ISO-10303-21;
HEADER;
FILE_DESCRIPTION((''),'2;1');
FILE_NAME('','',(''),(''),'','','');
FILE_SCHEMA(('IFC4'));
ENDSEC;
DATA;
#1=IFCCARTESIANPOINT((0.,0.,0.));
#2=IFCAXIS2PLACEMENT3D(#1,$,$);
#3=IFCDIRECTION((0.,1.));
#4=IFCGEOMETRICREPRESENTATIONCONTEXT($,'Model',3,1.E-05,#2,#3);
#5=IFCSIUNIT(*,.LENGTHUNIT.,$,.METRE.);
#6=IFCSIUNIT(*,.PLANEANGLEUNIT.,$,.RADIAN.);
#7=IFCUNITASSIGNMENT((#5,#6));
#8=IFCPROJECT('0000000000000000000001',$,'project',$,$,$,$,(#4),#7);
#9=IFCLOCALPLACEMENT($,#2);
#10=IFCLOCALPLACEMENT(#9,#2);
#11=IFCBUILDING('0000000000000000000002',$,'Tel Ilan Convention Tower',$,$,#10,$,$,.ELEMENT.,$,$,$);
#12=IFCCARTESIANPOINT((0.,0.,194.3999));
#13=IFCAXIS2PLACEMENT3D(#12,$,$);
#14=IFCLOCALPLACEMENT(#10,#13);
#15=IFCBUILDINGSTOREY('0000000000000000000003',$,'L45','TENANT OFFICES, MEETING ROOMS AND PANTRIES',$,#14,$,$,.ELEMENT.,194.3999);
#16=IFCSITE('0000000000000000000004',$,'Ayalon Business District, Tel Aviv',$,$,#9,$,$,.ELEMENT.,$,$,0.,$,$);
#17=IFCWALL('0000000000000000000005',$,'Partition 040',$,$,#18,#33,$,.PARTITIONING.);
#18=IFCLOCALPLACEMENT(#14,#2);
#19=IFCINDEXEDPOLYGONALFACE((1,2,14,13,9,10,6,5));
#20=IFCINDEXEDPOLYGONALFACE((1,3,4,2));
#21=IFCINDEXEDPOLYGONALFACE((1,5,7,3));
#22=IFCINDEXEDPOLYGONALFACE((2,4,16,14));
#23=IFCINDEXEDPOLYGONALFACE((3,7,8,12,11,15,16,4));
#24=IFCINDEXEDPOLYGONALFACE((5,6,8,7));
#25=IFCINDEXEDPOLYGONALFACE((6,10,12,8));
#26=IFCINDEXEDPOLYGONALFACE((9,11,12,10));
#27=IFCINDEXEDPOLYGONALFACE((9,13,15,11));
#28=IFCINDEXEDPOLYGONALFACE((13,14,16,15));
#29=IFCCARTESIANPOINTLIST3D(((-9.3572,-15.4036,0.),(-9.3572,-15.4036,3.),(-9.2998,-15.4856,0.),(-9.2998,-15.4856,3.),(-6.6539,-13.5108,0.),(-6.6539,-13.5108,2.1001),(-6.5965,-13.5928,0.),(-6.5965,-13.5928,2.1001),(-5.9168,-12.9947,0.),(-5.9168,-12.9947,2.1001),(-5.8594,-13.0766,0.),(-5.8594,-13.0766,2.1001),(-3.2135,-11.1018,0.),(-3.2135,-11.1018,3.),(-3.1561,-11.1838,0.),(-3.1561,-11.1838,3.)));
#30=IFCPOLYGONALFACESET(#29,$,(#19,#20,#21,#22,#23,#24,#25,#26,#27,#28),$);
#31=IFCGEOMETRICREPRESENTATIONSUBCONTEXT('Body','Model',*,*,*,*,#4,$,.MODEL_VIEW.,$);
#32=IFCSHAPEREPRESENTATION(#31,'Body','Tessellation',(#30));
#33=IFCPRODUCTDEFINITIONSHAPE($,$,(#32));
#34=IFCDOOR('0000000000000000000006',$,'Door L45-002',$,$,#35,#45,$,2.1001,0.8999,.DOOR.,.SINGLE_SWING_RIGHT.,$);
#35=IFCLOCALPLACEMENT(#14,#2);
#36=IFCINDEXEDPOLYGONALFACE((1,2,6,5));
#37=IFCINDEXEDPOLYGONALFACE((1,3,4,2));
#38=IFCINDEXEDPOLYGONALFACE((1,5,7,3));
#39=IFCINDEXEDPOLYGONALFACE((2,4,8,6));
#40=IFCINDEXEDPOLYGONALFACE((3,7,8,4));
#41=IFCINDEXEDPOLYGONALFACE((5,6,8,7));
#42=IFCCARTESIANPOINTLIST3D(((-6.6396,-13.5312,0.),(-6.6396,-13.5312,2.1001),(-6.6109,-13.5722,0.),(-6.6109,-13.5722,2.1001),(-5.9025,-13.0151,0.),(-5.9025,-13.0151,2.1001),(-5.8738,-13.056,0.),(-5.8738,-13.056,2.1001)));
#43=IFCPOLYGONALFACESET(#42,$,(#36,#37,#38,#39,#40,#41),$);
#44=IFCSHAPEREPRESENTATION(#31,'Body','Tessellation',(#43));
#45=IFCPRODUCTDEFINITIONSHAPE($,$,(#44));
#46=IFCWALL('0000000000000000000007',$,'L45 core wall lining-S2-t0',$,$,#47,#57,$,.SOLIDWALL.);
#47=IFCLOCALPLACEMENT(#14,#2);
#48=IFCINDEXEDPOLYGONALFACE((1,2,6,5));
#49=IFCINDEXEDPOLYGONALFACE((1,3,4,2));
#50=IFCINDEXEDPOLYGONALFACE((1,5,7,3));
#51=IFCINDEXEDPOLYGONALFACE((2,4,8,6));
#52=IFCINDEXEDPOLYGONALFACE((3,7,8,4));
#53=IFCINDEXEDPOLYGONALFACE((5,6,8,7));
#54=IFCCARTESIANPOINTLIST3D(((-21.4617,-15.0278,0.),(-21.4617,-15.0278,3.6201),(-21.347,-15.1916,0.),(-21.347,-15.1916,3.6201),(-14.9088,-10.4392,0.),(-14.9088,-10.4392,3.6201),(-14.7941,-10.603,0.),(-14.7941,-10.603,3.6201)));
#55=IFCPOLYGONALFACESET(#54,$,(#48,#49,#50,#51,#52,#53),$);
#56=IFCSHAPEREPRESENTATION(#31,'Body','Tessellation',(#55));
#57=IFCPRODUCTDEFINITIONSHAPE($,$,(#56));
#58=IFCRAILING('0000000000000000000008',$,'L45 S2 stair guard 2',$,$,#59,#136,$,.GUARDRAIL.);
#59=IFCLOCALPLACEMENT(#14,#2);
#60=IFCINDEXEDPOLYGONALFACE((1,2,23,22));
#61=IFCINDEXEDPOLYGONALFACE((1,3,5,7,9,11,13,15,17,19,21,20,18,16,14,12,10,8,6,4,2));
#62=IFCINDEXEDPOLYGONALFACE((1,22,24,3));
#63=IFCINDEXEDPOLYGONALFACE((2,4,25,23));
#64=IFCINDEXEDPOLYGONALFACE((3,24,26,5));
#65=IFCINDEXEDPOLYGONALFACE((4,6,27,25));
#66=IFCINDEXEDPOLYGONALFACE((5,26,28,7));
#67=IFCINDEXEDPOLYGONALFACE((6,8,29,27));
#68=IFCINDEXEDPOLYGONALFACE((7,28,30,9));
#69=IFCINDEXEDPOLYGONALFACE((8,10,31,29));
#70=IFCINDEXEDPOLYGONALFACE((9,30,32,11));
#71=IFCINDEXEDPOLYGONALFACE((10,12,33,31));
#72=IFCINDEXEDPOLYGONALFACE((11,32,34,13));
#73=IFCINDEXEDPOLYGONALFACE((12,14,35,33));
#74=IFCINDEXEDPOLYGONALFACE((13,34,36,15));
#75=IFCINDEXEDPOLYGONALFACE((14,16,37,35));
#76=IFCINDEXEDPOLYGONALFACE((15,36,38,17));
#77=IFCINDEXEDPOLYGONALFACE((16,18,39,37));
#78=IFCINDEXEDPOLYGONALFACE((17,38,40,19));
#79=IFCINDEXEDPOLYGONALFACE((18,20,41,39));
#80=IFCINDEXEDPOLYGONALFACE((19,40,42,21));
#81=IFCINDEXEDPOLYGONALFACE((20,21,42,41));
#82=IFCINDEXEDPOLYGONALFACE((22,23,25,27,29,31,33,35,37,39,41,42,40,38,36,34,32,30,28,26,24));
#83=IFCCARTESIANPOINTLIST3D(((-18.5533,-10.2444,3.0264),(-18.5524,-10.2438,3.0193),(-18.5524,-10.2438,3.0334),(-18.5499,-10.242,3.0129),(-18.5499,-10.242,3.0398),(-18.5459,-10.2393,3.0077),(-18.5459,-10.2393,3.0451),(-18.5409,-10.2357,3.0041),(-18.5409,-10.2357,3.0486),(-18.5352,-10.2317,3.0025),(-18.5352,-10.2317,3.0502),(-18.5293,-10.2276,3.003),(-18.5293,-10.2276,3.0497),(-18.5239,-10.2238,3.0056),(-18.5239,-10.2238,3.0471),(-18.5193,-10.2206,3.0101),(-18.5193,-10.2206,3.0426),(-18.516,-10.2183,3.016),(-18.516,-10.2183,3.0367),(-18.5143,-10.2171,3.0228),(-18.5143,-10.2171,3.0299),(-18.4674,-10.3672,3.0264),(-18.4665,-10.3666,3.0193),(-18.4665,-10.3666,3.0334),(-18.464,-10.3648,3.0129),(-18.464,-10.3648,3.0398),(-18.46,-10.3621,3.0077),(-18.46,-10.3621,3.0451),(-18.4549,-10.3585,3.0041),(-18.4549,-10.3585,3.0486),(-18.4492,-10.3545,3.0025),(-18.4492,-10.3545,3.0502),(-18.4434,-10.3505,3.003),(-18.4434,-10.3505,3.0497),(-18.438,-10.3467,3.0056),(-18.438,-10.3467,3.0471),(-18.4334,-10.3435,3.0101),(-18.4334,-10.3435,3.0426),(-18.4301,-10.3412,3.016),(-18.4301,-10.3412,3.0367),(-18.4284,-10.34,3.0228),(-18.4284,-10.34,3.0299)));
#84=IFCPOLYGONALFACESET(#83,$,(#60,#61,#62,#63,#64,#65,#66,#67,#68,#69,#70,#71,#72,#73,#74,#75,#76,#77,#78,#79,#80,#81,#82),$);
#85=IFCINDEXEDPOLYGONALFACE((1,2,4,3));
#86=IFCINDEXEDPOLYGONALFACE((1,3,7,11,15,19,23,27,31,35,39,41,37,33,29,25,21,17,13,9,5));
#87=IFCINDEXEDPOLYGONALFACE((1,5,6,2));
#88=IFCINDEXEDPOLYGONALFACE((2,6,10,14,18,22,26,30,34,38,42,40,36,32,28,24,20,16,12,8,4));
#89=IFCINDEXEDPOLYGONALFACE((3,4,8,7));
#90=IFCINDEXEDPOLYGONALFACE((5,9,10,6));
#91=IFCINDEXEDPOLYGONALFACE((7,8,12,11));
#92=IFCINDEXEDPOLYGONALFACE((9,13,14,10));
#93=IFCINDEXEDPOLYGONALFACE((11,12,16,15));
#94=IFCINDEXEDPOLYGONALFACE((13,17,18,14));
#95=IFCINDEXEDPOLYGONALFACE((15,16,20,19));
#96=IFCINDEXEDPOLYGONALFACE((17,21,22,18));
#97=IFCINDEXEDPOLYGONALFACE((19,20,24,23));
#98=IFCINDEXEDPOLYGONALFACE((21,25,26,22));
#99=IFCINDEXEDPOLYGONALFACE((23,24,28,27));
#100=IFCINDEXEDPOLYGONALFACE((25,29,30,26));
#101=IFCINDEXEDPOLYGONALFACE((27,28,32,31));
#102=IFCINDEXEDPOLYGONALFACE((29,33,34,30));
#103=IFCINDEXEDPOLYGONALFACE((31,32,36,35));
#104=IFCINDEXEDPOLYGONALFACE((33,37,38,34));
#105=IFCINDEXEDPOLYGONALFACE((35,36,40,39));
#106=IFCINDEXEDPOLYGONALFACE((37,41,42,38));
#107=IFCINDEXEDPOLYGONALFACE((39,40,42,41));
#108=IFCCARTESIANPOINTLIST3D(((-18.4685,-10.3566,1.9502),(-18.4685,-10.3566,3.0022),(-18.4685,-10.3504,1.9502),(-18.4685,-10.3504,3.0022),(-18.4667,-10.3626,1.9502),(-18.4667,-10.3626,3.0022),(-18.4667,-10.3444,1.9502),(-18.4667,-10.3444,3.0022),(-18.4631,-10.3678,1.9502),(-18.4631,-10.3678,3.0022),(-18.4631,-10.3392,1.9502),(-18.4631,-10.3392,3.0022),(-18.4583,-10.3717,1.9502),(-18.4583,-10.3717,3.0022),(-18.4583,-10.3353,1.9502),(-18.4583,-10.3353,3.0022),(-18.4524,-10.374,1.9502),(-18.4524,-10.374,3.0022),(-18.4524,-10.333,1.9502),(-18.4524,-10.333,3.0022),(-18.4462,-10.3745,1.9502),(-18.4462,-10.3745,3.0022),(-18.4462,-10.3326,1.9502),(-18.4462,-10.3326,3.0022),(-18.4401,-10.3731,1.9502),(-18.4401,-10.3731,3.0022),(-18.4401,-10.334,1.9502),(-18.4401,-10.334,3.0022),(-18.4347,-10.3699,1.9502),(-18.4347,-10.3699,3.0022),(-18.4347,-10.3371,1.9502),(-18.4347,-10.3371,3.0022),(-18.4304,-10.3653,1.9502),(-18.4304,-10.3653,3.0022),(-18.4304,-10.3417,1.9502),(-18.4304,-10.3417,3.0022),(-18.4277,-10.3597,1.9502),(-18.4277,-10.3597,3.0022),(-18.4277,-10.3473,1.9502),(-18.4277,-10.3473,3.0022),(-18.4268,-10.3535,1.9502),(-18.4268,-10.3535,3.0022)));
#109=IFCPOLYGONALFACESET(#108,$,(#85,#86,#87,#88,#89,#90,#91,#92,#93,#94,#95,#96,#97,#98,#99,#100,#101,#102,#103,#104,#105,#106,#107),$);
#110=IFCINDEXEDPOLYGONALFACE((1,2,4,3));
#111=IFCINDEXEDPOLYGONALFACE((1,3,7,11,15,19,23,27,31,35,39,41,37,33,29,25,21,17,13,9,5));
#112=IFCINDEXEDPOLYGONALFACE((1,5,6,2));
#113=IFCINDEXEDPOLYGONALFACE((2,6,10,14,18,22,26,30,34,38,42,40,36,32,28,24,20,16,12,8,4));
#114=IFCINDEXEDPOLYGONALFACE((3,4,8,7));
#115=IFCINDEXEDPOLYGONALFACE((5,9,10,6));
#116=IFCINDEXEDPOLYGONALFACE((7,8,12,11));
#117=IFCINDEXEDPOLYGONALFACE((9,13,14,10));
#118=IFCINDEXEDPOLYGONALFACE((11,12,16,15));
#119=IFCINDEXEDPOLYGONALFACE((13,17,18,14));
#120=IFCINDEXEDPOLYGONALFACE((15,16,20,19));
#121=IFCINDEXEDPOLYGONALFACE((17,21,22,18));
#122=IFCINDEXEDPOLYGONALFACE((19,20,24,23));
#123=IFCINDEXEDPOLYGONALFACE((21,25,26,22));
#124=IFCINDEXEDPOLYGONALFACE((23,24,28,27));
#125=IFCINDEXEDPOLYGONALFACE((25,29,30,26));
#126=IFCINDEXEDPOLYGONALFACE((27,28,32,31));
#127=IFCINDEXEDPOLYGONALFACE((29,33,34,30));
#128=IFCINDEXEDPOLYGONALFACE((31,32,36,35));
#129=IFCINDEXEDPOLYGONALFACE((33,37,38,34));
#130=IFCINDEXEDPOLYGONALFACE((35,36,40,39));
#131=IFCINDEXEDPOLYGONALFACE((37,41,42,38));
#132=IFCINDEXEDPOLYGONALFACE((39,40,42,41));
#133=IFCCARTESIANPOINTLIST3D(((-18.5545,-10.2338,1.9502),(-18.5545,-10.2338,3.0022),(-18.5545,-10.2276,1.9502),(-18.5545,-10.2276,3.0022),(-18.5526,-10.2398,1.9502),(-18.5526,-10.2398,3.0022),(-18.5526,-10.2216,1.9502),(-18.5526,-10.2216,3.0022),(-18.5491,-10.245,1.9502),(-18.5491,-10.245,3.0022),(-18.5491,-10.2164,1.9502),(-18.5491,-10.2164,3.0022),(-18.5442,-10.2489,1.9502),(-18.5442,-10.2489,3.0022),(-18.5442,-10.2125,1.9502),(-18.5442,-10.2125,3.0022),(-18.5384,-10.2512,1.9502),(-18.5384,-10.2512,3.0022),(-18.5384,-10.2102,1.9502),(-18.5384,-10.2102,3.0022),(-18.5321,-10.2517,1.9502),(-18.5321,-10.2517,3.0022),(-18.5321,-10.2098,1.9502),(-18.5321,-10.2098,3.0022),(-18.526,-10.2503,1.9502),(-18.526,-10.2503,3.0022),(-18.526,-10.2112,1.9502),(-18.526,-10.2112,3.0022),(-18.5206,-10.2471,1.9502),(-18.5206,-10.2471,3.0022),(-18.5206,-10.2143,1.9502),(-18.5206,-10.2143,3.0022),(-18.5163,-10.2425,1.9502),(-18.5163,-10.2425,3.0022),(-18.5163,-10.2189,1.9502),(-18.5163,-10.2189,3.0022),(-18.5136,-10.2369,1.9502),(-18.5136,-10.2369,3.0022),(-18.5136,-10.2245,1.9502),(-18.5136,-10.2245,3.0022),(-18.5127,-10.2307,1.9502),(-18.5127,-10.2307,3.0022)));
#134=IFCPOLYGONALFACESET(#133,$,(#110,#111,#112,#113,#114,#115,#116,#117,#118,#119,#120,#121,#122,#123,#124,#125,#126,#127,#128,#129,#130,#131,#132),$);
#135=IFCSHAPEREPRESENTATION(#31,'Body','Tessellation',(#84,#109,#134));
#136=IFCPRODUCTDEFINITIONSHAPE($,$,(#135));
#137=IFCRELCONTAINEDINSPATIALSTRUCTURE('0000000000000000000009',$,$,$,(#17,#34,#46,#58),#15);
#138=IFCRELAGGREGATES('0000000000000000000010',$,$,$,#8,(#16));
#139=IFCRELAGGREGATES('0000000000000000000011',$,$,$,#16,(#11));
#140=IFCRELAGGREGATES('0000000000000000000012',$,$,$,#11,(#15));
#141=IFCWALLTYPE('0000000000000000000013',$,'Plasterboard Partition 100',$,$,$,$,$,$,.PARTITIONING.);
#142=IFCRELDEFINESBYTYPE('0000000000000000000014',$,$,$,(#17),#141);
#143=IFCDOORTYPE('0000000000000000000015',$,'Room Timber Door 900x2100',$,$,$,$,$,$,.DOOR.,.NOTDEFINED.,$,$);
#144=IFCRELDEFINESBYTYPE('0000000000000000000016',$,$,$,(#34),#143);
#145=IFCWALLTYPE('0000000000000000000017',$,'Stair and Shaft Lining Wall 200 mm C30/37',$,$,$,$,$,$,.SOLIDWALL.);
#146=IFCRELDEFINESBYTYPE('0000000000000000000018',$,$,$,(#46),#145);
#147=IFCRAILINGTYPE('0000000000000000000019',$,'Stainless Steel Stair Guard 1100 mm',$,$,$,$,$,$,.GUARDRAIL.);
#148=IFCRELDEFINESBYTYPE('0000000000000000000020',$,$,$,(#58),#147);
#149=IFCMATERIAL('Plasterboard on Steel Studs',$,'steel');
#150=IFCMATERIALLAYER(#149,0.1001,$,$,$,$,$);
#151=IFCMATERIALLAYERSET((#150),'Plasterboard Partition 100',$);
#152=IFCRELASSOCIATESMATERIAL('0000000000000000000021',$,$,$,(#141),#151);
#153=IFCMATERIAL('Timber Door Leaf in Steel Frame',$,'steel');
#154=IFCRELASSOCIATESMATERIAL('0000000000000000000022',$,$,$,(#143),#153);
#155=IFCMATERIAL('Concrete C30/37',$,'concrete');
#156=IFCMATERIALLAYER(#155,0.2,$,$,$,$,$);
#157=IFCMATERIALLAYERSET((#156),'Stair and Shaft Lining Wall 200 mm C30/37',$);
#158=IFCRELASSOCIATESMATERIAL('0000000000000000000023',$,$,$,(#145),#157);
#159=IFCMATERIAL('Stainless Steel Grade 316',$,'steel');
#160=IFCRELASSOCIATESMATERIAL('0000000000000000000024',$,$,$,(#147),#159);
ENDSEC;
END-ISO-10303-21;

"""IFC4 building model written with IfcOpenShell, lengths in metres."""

from ifc_helpers import new_model, si_unit, direction, frame, frame_2d, origin, origin_2d, place, context, subcontext, project, spatial, rectangle, circle, extrude, material, layer, layer_set, type_object, element, fill, save


model = new_model("IFC4")

# Units and contexts
model_context = context("Model", 3, precision=1e-05, world=origin(), true_north=direction((0.0, 1.0)))
body_context = subcontext(model_context, "Body", "Model", "MODEL_VIEW")
ifc_project = project(units=[si_unit("LENGTHUNIT", "METRE"), si_unit("PLANEANGLEUNIT", "RADIAN")], contexts=[model_context])

# Site, building, storey
site_placement = place(None, origin())
site = spatial("IfcSite", under=ifc_project, at=site_placement, Name="Ayalon Business District, Tel Aviv", CompositionType="ELEMENT", RefElevation=0.0)
building_placement = place(site_placement, origin())
building = spatial("IfcBuilding", under=site, at=building_placement, Name="Tel Ilan Convention Tower", CompositionType="ELEMENT")
storey_placement = place(building_placement, frame((0.0, 0.0, 194.3999)))
storey = spatial("IfcBuildingStorey", under=building, at=storey_placement, Name="L45", Description="TENANT OFFICES, MEETING ROOMS AND PANTRIES", CompositionType="ELEMENT", Elevation=194.3999)

# Wall, opening, door
ifc_material_1 = material(Name="Plasterboard on Steel Studs", Category="steel")
ifc_layer_1 = layer(ifc_material_1, 0.1001)
ifc_layer_set_1 = layer_set([ifc_layer_1], Name="Plasterboard Partition 100")
wall_type_1 = type_object("IfcWallType", Name="Plasterboard Partition 100", PredefinedType="PARTITIONING", material=ifc_layer_set_1)
wall_1_placement = place(storey_placement, frame((-3.1848, -11.1428, 0.0), z_axis=(0.0, 0.0, 1.0), x_axis=(-0.819152, -0.573576, 0.0)))
wall_1 = element("IfcWall", 1, at=wall_1_placement, inside=storey, type_object=wall_type_1, Name="Partition 040", PredefinedType="PARTITIONING", context=body_context, shape_type="SweptSolid", body=[
    extrude(rectangle(XDim=7.5, YDim=0.1001, at=frame_2d((3.75, 0.0))), origin(), (0.0, 0.0, 1.0), 3.0),
])
opening_1_placement = place(wall_1_placement, frame((3.3, 0.0, 0.0)))
opening_1 = element("IfcOpeningElement", 2, at=opening_1_placement, cuts=wall_1, PredefinedType="OPENING", context=body_context, shape_type="SweptSolid", body=[
    extrude(rectangle(XDim=0.8999, YDim=2.1001, at=frame_2d((0.45, 1.05))), frame((0.0, 0.0601, 0.0), z_axis=(0.0, -1.0, 0.0), x_axis=(1.0, 0.0, 0.0)), (0.0, 0.0, 1.0), 0.1201),
])
ifc_material_2 = material(Name="Timber Door Leaf in Steel Frame", Category="steel")
door_type_1 = type_object("IfcDoorType", Name="Room Timber Door 900x2100", OperationType="NOTDEFINED", PredefinedType="DOOR", material=ifc_material_2)
door_1_placement = place(opening_1_placement, origin())
door_1 = element("IfcDoor", 3, at=door_1_placement, inside=storey, type_object=door_type_1, Name="Door L45-002", OperationType="SINGLE_SWING_RIGHT", OverallHeight=2.1001, OverallWidth=0.8999, PredefinedType="DOOR", context=body_context, shape_type="SweptSolid", body=[
    extrude(rectangle(XDim=0.8999, YDim=2.1001, at=frame_2d((0.45, 1.05))), frame((0.0, 0.0249, 0.0), z_axis=(0.0, -1.0, 0.0), x_axis=(1.0, 0.0, 0.0)), (0.0, 0.0, 1.0), 0.05),
])
fill(opening_1, door_1)

# Wall
ifc_material_3 = material(Name="Concrete C30/37", Category="concrete")
ifc_layer_2 = layer(ifc_material_3, 0.2)
ifc_layer_set_2 = layer_set([ifc_layer_2], Name="Stair and Shaft Lining Wall 200 mm C30/37")
wall_type_2 = type_object("IfcWallType", Name="Stair and Shaft Lining Wall 200 mm C30/37", PredefinedType="SOLIDWALL", material=ifc_layer_set_2)
wall_2_placement = place(storey_placement, frame((-14.8513, -10.521, 0.0), z_axis=(0.0, 0.0, 1.0), x_axis=(-0.819142, -0.573591, 0.0)))
element("IfcWall", 4, at=wall_2_placement, inside=storey, type_object=wall_type_2, Name="L45 core wall lining-S2-t0", PredefinedType="SOLIDWALL", context=body_context, shape_type="SweptSolid", body=[
    extrude(rectangle(XDim=7.9998, YDim=0.2, at=frame_2d((4.0, 0.0))), origin(), (0.0, 0.0, 1.0), 3.6201),
])

# Railing
ifc_material_4 = material(Name="Stainless Steel Grade 316", Category="steel")
railing_type = type_object("IfcRailingType", Name="Stainless Steel Stair Guard 1100 mm", PredefinedType="GUARDRAIL", material=ifc_material_4)
railing_1_placement = place(storey_placement, frame((-18.4478, -10.3535, 1.9502)))
element("IfcRailing", 5, at=railing_1_placement, inside=storey, type_object=railing_type, Name="L45 S2 stair guard 2", PredefinedType="GUARDRAIL", context=body_context, shape_type="SweptSolid", body=[
    extrude(circle(Radius=0.0239, at=origin_2d()), frame((0.0, 0.0, 1.0762), z_axis=(-0.573353, 0.819308, 0.0), x_axis=(-0.819308, -0.573353, 0.0)), (0.0, 0.0, 1.0), 0.1499),
    extrude(circle(Radius=0.021, at=origin_2d()), origin(), (0.0, 0.0, 1.0), 1.052),
    extrude(circle(Radius=0.021, at=origin_2d()), frame((-0.0859, 0.1228, 0.0)), (0.0, 0.0, 1.0), 1.052),
])

save(model, "model.ifc")
